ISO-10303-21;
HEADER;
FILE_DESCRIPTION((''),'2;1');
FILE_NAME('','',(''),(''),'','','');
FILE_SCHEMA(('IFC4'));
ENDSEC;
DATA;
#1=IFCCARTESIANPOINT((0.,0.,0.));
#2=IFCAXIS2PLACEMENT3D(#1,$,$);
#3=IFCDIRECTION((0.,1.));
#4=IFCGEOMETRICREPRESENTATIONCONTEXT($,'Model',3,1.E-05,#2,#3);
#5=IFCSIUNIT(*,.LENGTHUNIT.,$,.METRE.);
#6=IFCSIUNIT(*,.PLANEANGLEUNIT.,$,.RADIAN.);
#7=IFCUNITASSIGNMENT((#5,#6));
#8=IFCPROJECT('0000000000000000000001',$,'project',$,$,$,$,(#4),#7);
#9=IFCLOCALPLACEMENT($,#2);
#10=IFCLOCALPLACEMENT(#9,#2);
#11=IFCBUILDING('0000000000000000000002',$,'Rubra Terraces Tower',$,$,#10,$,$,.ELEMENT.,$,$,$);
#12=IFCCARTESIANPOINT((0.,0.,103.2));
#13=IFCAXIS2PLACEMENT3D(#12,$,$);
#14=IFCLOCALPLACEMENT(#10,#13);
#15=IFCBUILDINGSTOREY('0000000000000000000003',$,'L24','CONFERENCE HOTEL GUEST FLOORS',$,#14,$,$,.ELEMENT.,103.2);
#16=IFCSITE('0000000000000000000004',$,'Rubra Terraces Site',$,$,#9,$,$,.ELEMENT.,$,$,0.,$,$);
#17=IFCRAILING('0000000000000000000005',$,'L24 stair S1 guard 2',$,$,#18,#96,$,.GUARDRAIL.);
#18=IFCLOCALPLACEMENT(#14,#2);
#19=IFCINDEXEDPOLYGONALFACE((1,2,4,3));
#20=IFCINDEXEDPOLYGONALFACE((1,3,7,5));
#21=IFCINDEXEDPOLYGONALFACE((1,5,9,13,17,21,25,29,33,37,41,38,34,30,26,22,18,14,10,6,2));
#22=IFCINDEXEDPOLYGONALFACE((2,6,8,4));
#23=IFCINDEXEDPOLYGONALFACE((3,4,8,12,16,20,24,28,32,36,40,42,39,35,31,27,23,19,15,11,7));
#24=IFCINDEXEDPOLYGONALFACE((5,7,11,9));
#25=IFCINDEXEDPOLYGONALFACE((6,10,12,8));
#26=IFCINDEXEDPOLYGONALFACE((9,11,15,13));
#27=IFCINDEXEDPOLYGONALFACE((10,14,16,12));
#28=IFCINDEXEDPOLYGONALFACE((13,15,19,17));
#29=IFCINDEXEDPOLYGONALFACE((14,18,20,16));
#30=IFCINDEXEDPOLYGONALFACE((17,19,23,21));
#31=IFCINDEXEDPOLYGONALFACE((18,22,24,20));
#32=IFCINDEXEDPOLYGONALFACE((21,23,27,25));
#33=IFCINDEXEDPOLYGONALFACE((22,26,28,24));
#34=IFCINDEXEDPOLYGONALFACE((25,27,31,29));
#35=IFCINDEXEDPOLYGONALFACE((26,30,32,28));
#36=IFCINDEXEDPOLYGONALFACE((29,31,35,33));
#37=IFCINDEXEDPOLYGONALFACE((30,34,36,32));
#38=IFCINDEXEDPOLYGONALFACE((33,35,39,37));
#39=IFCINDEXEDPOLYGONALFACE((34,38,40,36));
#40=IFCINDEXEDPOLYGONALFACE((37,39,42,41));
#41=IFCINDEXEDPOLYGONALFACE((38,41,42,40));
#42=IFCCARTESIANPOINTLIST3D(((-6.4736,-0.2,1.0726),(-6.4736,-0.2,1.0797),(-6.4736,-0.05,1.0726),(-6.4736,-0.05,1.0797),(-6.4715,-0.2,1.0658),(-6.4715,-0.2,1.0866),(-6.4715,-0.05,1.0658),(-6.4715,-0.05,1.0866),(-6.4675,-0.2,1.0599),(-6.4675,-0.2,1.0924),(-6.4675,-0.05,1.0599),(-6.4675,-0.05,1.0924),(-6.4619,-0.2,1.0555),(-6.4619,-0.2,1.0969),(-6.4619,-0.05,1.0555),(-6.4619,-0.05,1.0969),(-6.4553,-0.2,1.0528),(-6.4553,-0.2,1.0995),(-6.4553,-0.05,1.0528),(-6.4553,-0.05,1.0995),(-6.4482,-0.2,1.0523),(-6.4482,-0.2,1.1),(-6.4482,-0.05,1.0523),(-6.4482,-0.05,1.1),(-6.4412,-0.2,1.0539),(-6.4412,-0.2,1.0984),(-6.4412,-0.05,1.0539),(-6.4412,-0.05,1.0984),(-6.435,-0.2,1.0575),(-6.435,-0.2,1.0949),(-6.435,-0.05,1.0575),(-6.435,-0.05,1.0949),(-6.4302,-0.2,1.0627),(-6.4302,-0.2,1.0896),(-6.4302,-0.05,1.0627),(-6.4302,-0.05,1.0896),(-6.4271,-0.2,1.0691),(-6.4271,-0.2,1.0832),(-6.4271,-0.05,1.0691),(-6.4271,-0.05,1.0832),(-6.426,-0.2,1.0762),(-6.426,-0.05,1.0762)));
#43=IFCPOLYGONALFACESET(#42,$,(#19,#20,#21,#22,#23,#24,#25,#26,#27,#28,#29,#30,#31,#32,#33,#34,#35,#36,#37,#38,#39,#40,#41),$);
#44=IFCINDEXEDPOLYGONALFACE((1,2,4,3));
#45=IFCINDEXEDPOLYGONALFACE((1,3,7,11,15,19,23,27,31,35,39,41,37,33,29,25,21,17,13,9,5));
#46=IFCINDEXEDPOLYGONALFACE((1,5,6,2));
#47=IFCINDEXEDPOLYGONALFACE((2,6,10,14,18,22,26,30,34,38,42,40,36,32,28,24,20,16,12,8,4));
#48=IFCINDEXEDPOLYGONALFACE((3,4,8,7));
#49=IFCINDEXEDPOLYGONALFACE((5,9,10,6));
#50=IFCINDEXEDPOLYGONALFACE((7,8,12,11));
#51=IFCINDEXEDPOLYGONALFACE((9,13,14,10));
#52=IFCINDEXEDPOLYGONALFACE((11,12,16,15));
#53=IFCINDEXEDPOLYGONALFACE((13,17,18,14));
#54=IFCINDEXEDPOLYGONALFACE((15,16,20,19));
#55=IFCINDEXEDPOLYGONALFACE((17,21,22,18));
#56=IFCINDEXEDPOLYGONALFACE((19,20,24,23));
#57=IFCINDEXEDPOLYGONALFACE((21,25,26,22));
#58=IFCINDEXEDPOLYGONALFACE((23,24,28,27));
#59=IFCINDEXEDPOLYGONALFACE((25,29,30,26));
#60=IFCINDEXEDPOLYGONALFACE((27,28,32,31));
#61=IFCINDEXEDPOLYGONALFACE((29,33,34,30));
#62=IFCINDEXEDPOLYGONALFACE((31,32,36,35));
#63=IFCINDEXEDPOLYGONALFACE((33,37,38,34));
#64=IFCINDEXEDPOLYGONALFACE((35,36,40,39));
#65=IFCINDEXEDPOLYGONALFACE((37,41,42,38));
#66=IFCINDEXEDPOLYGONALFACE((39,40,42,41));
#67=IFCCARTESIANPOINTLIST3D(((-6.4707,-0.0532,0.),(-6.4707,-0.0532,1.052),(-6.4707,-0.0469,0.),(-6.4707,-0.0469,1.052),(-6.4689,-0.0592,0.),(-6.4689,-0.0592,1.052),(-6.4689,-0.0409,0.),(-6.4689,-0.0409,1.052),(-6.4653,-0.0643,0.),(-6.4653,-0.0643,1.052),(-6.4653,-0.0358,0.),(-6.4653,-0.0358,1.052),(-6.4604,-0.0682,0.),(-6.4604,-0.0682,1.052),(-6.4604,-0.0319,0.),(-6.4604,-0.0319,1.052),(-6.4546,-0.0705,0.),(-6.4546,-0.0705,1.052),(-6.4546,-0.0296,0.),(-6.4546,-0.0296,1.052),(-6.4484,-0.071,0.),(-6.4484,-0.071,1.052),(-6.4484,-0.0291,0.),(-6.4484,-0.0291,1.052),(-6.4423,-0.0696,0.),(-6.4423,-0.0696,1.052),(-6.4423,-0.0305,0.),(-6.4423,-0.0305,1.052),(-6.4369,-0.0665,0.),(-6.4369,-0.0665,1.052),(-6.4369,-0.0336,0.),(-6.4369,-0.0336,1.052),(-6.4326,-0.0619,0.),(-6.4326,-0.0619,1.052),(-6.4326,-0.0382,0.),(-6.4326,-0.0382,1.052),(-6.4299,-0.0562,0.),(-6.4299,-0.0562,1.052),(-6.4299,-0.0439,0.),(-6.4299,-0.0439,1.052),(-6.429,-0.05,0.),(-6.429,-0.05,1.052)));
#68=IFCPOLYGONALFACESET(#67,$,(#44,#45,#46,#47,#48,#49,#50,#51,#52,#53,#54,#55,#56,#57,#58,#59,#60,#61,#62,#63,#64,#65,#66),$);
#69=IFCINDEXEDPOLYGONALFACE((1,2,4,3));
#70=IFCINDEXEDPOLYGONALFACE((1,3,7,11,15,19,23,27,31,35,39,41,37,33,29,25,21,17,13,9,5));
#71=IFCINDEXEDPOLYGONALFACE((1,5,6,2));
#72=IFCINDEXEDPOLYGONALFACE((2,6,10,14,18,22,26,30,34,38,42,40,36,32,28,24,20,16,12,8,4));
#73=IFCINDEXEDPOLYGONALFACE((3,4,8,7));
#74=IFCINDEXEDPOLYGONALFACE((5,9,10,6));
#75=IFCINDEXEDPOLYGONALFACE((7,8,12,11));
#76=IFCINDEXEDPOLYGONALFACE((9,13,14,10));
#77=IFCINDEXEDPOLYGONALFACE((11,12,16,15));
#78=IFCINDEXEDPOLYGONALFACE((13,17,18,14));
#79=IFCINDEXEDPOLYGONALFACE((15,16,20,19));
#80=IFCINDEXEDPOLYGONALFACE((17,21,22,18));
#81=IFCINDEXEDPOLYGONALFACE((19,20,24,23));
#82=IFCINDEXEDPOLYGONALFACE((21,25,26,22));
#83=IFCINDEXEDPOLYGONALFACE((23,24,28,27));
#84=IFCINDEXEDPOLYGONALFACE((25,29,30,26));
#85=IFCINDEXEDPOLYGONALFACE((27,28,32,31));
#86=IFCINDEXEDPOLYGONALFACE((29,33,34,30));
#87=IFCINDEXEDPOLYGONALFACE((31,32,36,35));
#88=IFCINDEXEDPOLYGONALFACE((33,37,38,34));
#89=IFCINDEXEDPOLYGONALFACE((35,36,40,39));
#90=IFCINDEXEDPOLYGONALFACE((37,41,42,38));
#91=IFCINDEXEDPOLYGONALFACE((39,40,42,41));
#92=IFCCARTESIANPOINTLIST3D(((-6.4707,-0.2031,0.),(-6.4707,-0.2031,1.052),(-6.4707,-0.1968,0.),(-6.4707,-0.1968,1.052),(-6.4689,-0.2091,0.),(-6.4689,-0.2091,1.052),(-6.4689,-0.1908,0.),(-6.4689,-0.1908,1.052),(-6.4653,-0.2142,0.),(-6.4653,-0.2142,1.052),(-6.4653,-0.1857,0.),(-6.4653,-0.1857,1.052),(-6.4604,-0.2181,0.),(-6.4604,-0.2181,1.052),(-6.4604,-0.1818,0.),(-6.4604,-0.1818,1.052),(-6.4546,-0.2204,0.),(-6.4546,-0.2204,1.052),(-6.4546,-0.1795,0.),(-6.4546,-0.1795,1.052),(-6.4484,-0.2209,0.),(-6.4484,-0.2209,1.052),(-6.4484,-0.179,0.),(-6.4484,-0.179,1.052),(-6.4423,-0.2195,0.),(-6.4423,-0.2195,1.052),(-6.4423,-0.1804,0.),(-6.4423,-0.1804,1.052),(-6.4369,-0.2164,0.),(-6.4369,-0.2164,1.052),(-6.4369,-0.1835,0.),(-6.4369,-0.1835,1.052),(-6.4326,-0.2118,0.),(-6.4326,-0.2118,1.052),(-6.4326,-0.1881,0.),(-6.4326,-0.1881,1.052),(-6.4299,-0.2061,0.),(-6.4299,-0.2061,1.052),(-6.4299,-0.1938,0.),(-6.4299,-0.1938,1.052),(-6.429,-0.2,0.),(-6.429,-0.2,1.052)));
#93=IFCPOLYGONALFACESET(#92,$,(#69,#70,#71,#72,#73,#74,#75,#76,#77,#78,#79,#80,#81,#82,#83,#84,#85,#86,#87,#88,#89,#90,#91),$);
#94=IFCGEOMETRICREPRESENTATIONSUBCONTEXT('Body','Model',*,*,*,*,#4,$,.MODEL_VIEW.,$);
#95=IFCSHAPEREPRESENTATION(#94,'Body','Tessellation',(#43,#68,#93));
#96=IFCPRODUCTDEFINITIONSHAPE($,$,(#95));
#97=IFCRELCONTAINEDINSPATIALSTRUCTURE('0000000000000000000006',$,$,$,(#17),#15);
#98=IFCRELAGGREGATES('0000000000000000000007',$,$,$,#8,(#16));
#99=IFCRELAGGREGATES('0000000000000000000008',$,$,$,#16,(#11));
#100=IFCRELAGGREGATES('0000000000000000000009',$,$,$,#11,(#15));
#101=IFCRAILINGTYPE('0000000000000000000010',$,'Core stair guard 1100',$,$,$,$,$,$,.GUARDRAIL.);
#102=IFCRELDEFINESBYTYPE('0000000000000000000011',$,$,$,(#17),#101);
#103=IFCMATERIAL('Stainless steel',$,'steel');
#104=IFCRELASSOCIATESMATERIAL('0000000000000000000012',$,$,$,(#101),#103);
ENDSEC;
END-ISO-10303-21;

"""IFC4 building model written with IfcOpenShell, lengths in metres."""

from ifc_helpers import new_model, si_unit, direction, frame, origin, origin_2d, place, context, subcontext, project, spatial, circle, extrude, material, type_object, element, save


model = new_model("IFC4")

# Units and contexts
model_context = context("Model", 3, precision=1e-05, world=origin(), true_north=direction((0.0, 1.0)))
body_context = subcontext(model_context, "Body", "Model", "MODEL_VIEW")
ifc_project = project(units=[si_unit("LENGTHUNIT", "METRE"), si_unit("PLANEANGLEUNIT", "RADIAN")], contexts=[model_context])

# Site, building, storey
site_placement = place(None, origin())
site = spatial("IfcSite", under=ifc_project, at=site_placement, Name="Rubra Terraces Site", CompositionType="ELEMENT", RefElevation=0.0)
building_placement = place(site_placement, origin())
building = spatial("IfcBuilding", under=site, at=building_placement, Name="Rubra Terraces Tower", CompositionType="ELEMENT")
storey_placement = place(building_placement, frame((0.0, 0.0, 103.2)))
storey = spatial("IfcBuildingStorey", under=building, at=storey_placement, Name="L24", Description="CONFERENCE HOTEL GUEST FLOORS", CompositionType="ELEMENT", Elevation=103.2)

# Railing
ifc_material_1 = material(Name="Stainless steel", Category="steel")
railing_type = type_object("IfcRailingType", Name="Core stair guard 1100", PredefinedType="GUARDRAIL", material=ifc_material_1)
railing_1_placement = place(storey_placement, frame((-6.45, -0.05, 0.0)))
element("IfcRailing", 1, at=railing_1_placement, inside=storey, type_object=railing_type, Name="L24 stair S1 guard 2", PredefinedType="GUARDRAIL", context=body_context, shape_type="SweptSolid", body=[
    extrude(circle(Radius=0.0239, at=origin_2d()), frame((0.0, 0.0, 1.0762), z_axis=(0.0, -1.0, 0.0), x_axis=(1.0, 0.0, 0.0)), (0.0, 0.0, 1.0), 0.1499),
    extrude(circle(Radius=0.021, at=origin_2d()), origin(), (0.0, 0.0, 1.0), 1.052),
    extrude(circle(Radius=0.021, at=origin_2d()), frame((0.0, -0.1499, 0.0)), (0.0, 0.0, 1.0), 1.052),
])

save(model, "model.ifc")
